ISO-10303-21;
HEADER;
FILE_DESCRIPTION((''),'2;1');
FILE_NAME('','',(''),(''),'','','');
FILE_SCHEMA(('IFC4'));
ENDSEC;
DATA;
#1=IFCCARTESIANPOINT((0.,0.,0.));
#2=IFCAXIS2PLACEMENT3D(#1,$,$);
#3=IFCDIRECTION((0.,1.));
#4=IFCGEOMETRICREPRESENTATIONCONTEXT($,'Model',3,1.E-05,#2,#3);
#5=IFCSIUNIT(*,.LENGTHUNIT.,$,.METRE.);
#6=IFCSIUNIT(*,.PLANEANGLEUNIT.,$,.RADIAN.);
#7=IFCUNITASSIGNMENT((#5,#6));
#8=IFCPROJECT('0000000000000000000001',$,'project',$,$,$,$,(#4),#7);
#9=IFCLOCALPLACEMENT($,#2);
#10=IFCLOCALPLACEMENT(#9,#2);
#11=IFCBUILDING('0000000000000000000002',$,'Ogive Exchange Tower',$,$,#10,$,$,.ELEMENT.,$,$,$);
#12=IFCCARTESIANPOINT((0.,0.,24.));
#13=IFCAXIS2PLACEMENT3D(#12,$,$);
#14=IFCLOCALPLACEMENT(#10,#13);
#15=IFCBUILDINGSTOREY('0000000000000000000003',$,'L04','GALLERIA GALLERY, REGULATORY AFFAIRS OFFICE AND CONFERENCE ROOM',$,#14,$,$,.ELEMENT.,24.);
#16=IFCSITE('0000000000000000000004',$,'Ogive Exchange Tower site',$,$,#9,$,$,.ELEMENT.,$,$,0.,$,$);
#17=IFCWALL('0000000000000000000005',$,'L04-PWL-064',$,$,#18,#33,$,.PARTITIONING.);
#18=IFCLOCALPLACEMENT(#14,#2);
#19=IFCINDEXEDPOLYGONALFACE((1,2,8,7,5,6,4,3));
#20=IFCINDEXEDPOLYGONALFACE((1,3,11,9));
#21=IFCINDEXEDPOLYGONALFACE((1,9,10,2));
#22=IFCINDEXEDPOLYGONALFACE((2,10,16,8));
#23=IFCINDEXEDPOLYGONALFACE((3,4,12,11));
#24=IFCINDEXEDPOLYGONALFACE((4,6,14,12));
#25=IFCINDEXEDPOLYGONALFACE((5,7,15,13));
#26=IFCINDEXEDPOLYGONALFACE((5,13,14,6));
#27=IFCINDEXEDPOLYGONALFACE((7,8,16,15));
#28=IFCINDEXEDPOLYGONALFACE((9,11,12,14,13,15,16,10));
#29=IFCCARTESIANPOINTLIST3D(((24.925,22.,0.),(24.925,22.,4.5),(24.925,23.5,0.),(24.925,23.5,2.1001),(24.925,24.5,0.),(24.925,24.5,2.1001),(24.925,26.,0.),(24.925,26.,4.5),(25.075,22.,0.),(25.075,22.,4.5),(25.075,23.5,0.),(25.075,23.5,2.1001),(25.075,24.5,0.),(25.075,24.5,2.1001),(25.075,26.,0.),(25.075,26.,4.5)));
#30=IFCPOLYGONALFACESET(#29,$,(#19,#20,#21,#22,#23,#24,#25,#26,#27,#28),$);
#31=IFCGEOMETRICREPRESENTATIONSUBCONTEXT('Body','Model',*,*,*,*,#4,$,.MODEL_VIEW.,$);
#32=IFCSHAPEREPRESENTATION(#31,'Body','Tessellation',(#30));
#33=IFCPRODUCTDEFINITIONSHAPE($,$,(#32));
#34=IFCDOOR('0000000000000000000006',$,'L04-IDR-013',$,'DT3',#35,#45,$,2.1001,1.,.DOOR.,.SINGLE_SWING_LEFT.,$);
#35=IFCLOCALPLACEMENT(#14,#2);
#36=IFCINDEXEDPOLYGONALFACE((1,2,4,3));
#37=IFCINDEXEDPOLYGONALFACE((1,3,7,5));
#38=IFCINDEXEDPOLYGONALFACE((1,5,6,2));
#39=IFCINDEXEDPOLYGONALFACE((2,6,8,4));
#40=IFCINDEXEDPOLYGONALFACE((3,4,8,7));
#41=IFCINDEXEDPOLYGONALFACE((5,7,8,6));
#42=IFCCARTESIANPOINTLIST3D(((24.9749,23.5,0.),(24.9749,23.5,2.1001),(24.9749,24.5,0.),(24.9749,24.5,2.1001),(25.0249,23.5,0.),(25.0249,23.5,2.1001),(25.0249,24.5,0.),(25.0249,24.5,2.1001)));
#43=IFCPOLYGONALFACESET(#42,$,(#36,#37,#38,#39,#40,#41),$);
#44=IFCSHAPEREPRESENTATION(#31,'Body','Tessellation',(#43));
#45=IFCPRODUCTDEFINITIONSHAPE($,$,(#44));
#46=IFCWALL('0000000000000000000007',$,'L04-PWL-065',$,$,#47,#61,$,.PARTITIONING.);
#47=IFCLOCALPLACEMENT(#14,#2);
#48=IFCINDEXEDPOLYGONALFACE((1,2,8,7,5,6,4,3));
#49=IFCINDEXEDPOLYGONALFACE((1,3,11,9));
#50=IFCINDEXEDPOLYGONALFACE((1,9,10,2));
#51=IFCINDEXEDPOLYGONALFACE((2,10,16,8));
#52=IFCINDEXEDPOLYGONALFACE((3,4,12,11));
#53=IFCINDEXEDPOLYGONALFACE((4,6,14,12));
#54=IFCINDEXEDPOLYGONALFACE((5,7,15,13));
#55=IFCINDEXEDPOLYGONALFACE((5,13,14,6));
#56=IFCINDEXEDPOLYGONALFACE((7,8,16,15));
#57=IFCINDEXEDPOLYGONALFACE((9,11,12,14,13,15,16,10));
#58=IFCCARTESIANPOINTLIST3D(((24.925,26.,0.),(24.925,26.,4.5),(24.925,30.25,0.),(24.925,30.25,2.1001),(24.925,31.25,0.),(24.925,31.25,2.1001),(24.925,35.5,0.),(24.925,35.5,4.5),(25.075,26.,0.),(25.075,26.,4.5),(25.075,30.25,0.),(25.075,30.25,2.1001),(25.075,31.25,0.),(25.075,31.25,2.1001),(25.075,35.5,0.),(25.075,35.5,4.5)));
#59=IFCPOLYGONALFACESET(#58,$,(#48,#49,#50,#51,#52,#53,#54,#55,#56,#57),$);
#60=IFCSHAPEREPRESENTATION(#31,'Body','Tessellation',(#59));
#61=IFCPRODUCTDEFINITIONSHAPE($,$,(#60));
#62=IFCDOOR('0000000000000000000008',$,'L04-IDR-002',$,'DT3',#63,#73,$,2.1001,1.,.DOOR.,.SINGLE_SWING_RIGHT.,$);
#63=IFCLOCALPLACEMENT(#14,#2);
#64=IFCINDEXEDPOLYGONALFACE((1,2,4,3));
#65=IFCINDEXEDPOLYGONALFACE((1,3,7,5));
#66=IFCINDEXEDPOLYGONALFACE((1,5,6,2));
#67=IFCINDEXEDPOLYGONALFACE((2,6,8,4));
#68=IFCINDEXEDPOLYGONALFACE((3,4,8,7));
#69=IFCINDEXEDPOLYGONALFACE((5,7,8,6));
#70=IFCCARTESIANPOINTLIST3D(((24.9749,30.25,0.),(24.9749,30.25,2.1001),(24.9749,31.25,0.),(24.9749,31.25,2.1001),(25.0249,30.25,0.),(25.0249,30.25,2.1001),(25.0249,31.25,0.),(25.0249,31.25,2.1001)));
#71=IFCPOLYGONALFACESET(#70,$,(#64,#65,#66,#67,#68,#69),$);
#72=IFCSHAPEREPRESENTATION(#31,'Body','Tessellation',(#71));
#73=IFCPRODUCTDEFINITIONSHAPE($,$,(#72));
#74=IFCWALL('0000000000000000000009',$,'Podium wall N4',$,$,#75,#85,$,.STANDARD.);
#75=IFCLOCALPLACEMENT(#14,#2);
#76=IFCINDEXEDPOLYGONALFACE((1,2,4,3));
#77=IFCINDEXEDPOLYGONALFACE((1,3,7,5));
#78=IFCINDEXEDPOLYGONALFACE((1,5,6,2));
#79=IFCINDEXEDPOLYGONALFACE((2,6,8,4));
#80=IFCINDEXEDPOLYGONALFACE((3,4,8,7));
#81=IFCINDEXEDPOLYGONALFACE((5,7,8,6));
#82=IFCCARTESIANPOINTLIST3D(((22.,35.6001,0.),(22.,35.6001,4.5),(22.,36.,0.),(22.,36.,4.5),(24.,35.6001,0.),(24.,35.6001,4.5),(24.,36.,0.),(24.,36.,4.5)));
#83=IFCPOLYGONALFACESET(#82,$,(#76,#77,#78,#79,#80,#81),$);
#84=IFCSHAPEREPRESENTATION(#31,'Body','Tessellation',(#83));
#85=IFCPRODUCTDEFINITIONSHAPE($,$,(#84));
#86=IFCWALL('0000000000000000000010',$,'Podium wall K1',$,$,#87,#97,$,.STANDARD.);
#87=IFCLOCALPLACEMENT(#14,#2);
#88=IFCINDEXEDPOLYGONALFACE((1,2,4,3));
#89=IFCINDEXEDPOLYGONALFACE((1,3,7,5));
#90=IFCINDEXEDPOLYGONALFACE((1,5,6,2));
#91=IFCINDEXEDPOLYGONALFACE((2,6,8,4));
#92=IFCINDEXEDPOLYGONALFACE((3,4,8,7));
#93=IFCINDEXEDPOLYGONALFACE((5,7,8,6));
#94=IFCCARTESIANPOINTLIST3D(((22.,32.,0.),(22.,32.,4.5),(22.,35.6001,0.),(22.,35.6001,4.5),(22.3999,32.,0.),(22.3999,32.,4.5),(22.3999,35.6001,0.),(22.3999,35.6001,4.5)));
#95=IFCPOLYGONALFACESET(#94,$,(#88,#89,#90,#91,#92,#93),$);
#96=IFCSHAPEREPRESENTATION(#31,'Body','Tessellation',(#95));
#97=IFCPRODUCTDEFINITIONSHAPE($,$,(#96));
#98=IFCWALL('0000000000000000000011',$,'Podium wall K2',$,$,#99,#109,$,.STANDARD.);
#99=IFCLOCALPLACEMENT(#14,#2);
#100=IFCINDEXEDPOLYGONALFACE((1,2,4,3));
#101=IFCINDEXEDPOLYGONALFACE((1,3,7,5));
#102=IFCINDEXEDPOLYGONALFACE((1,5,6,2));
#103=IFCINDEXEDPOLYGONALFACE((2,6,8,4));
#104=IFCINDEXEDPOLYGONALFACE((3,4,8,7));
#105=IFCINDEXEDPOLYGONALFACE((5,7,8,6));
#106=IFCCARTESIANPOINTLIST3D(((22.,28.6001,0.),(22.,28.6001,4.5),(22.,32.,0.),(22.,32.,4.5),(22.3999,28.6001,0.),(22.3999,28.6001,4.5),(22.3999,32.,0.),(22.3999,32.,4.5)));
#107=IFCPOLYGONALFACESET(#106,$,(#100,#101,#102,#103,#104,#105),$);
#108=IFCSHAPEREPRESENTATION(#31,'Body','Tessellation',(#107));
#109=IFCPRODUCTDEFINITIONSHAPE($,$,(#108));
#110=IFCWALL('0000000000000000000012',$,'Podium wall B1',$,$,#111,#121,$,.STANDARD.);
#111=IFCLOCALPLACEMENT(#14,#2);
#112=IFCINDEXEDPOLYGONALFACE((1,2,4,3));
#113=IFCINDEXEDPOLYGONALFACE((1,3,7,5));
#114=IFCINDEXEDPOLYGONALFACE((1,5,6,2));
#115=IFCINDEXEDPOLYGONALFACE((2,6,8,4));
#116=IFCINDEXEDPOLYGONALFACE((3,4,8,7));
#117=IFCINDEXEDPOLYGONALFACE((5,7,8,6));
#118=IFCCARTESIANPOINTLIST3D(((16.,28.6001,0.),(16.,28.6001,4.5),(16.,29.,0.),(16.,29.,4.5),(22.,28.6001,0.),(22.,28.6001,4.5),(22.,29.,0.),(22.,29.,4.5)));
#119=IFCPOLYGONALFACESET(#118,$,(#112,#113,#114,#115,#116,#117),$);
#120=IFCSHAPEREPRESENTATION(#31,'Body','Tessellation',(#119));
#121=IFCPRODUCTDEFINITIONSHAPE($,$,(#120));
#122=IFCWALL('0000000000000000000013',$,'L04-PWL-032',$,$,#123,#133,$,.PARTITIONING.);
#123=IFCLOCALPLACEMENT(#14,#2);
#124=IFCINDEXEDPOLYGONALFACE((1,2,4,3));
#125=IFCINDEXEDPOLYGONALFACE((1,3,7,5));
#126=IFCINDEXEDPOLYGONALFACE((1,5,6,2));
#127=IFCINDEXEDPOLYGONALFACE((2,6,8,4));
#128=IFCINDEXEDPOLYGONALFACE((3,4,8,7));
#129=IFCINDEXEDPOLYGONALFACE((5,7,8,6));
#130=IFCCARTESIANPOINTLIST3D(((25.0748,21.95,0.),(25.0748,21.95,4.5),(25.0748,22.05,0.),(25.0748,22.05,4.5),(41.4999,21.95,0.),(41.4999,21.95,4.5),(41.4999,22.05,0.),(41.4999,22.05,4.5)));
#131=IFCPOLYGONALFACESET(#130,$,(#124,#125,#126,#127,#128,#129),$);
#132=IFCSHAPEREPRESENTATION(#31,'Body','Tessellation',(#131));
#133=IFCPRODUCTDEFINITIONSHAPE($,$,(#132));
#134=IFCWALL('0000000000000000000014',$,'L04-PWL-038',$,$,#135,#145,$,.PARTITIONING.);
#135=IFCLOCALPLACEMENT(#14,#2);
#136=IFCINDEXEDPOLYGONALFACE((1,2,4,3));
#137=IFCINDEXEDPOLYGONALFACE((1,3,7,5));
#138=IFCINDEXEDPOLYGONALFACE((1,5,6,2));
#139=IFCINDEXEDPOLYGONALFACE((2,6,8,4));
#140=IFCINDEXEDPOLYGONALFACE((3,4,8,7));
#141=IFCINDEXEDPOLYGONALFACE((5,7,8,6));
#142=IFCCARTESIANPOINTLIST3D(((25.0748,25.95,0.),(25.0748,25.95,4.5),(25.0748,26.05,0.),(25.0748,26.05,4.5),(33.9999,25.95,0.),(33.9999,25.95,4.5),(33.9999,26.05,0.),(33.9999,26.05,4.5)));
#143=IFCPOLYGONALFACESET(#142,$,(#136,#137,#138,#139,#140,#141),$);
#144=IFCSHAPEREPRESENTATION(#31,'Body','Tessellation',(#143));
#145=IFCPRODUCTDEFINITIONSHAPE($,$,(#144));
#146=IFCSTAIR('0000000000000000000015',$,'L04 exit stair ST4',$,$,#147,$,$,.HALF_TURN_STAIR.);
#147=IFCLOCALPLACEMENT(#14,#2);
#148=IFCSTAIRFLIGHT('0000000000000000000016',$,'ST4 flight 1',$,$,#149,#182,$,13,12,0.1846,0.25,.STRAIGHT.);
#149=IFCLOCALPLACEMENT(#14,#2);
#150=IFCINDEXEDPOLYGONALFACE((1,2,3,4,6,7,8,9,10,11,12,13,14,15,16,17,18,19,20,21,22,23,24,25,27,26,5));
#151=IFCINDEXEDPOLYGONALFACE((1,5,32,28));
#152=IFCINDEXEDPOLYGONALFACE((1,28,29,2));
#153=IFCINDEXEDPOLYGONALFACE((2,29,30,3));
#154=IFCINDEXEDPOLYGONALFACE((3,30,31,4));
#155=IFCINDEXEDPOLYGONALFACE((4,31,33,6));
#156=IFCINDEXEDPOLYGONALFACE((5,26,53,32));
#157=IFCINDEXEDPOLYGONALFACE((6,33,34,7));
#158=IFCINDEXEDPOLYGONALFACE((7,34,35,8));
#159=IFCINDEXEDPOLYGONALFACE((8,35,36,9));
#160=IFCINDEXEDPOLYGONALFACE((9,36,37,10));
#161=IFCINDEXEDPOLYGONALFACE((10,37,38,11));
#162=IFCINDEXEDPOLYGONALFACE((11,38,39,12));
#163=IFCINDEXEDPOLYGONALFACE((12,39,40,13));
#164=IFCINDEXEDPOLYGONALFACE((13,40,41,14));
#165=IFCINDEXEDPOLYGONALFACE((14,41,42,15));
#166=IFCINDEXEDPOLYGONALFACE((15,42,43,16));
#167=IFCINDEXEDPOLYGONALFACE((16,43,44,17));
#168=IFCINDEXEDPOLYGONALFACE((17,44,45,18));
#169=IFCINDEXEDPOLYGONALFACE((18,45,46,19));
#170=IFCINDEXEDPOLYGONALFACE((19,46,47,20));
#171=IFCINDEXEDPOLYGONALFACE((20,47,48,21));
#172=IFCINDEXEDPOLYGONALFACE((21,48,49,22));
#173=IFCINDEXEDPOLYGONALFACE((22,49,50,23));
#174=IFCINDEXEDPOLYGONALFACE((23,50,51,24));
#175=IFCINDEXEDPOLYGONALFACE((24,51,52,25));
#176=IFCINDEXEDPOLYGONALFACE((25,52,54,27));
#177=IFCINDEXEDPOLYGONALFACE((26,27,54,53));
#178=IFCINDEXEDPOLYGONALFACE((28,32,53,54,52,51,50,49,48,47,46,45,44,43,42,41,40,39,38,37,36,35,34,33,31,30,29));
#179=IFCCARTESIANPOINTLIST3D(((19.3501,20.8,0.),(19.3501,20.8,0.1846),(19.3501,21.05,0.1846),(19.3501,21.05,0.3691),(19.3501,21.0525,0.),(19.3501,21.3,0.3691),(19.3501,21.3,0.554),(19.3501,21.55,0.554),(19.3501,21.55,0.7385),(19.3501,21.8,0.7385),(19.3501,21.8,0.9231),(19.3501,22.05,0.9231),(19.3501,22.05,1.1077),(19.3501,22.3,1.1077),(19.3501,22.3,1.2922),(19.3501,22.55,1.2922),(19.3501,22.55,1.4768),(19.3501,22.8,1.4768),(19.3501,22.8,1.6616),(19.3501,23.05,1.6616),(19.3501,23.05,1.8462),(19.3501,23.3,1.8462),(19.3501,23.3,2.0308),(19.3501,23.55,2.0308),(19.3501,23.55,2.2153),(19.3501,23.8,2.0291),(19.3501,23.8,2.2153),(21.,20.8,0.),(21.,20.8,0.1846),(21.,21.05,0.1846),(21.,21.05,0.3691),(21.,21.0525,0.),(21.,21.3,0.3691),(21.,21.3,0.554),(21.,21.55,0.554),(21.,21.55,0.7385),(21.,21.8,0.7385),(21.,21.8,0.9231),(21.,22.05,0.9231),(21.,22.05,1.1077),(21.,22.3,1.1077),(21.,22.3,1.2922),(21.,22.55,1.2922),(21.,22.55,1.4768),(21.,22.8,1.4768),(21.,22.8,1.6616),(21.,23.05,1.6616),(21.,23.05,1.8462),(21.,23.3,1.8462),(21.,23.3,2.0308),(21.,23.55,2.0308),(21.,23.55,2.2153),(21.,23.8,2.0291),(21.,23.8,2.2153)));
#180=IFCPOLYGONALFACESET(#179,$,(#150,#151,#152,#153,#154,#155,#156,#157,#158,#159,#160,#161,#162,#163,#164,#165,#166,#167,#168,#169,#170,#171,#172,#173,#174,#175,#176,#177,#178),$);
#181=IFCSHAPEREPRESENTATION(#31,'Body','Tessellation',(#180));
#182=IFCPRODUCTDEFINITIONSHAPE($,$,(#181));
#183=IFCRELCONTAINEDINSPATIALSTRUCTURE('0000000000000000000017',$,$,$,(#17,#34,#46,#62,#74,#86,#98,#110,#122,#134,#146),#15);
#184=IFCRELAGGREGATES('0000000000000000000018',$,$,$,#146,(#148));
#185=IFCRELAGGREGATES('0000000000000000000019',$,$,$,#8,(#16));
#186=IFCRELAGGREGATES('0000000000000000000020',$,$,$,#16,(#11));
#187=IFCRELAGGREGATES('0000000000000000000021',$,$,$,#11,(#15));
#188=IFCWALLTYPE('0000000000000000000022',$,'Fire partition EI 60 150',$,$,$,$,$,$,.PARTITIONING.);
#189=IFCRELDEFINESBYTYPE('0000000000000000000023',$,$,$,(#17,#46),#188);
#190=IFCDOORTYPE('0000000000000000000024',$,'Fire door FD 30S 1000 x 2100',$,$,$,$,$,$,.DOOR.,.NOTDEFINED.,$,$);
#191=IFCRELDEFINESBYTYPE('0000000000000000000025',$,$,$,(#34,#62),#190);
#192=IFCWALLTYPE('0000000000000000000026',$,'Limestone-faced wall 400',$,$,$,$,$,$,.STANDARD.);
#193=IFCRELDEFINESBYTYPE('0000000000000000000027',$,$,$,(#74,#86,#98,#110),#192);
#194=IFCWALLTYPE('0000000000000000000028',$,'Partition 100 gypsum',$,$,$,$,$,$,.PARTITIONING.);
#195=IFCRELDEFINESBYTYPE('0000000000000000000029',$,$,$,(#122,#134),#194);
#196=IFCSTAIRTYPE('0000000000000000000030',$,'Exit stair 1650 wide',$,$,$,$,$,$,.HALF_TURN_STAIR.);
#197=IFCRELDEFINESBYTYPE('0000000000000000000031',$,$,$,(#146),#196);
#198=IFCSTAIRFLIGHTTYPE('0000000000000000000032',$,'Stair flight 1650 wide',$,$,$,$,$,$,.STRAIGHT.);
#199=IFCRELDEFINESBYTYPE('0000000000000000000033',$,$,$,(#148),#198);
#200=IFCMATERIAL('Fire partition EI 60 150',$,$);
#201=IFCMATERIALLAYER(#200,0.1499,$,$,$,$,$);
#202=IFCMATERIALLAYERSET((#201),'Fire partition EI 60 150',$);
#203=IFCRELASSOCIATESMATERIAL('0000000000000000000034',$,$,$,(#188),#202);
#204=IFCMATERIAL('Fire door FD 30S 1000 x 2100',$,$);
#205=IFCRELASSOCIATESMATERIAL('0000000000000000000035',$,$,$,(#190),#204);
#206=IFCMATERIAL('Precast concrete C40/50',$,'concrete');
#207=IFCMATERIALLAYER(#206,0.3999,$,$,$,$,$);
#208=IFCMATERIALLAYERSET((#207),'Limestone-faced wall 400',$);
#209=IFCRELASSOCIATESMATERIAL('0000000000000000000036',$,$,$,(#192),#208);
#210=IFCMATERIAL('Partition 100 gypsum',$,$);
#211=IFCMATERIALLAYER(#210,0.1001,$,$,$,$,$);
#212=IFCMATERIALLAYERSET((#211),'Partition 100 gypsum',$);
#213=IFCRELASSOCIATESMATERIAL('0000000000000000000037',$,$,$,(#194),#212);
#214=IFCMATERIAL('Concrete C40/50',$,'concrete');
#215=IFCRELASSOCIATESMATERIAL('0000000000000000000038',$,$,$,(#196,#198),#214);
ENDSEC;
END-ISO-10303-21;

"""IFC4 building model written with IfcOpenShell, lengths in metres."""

from ifc_helpers import new_model, si_unit, direction, frame, frame_2d, origin, place, context, subcontext, project, spatial, polyline, rectangle, outline, extrude, material, layer, layer_set, type_object, element, fill, aggregate, save


model = new_model("IFC4")

# Units and contexts
model_context = context("Model", 3, precision=1e-05, world=origin(), true_north=direction((0.0, 1.0)))
body_context = subcontext(model_context, "Body", "Model", "MODEL_VIEW")
ifc_project = project(units=[si_unit("LENGTHUNIT", "METRE"), si_unit("PLANEANGLEUNIT", "RADIAN")], contexts=[model_context])

# Site, building, storey
site_placement = place(None, origin())
site = spatial("IfcSite", under=ifc_project, at=site_placement, Name="Ogive Exchange Tower site", CompositionType="ELEMENT", RefElevation=0.0)
building_placement = place(site_placement, origin())
building = spatial("IfcBuilding", under=site, at=building_placement, Name="Ogive Exchange Tower", CompositionType="ELEMENT")
storey_placement = place(building_placement, frame((0.0, 0.0, 24.0)))
storey = spatial("IfcBuildingStorey", under=building, at=storey_placement, Name="L04", Description="GALLERIA GALLERY, REGULATORY AFFAIRS OFFICE AND CONFERENCE ROOM", CompositionType="ELEMENT", Elevation=24.0)

# Walls, openings, doors
ifc_material_1 = material(Name="Fire partition EI 60 150")
ifc_layer_1 = layer(ifc_material_1, 0.1499)
ifc_layer_set_1 = layer_set([ifc_layer_1], Name="Fire partition EI 60 150")
wall_type_1 = type_object("IfcWallType", Name="Fire partition EI 60 150", PredefinedType="PARTITIONING", material=ifc_layer_set_1)
wall_1_placement = place(storey_placement, frame((25.0, 22.0, 0.0), z_axis=(0.0, 0.0, 1.0), x_axis=(0.0, 1.0, 0.0)))
wall_1 = element("IfcWall", 1, at=wall_1_placement, inside=storey, type_object=wall_type_1, Name="L04-PWL-064", PredefinedType="PARTITIONING", context=body_context, shape_type="SweptSolid", body=[
    extrude(rectangle(XDim=4.0, YDim=0.1499, at=frame_2d((2.0, 0.0))), origin(), (0.0, 0.0, 1.0), 4.5),
])
opening_1_placement = place(wall_1_placement, frame((1.5, 0.0, 0.0)))
opening_1 = element("IfcOpeningElement", 2, at=opening_1_placement, cuts=wall_1, PredefinedType="OPENING", context=body_context, shape_type="SweptSolid", body=[
    extrude(rectangle(XDim=1.0, YDim=2.1001, at=frame_2d((0.5, 1.05))), frame((0.0, 0.085, 0.0), z_axis=(0.0, -1.0, 0.0), x_axis=(1.0, 0.0, 0.0)), (0.0, 0.0, 1.0), 0.1699),
])
ifc_material_2 = material(Name="Fire door FD 30S 1000 x 2100")
door_type = type_object("IfcDoorType", Name="Fire door FD 30S 1000 x 2100", OperationType="NOTDEFINED", PredefinedType="DOOR", material=ifc_material_2)
door_1_placement = place(opening_1_placement, frame((1.0, 0.0, 0.0), z_axis=(0.0, 0.0, 1.0), x_axis=(-1.0, 0.0, 0.0)))
door_1 = element("IfcDoor", 3, at=door_1_placement, inside=storey, type_object=door_type, Name="L04-IDR-013", ObjectType="DT3", OperationType="SINGLE_SWING_LEFT", OverallHeight=2.1001, OverallWidth=1.0, PredefinedType="DOOR", context=body_context, shape_type="SweptSolid", body=[
    extrude(rectangle(XDim=1.0, YDim=2.1001, at=frame_2d((0.5, 1.05))), frame((0.0, 0.0249, 0.0), z_axis=(0.0, -1.0, 0.0), x_axis=(1.0, 0.0, 0.0)), (0.0, 0.0, 1.0), 0.05),
])
fill(opening_1, door_1)
wall_2_placement = place(storey_placement, frame((25.0, 26.0, 0.0), z_axis=(0.0, 0.0, 1.0), x_axis=(0.0, 1.0, 0.0)))
wall_2 = element("IfcWall", 4, at=wall_2_placement, inside=storey, type_object=wall_type_1, Name="L04-PWL-065", PredefinedType="PARTITIONING", context=body_context, shape_type="SweptSolid", body=[
    extrude(rectangle(XDim=9.5, YDim=0.1499, at=frame_2d((4.75, 0.0))), origin(), (0.0, 0.0, 1.0), 4.5),
])
opening_2_placement = place(wall_2_placement, frame((4.25, 0.0, 0.0)))
opening_2 = element("IfcOpeningElement", 5, at=opening_2_placement, cuts=wall_2, PredefinedType="OPENING", context=body_context, shape_type="SweptSolid", body=[
    extrude(rectangle(XDim=1.0, YDim=2.1001, at=frame_2d((0.5, 1.05))), frame((0.0, 0.085, 0.0), z_axis=(0.0, -1.0, 0.0), x_axis=(1.0, 0.0, 0.0)), (0.0, 0.0, 1.0), 0.1699),
])
door_2_placement = place(opening_2_placement, frame((1.0, 0.0, 0.0), z_axis=(0.0, 0.0, 1.0), x_axis=(-1.0, 0.0, 0.0)))
door_2 = element("IfcDoor", 6, at=door_2_placement, inside=storey, type_object=door_type, Name="L04-IDR-002", ObjectType="DT3", OperationType="SINGLE_SWING_RIGHT", OverallHeight=2.1001, OverallWidth=1.0, PredefinedType="DOOR", context=body_context, shape_type="SweptSolid", body=[
    extrude(rectangle(XDim=1.0, YDim=2.1001, at=frame_2d((0.5, 1.05))), frame((0.0, 0.0249, 0.0), z_axis=(0.0, -1.0, 0.0), x_axis=(1.0, 0.0, 0.0)), (0.0, 0.0, 1.0), 0.05),
])
fill(opening_2, door_2)

# Walls
ifc_material_3 = material(Name="Precast concrete C40/50", Category="concrete")
ifc_layer_2 = layer(ifc_material_3, 0.3999)
ifc_layer_set_2 = layer_set([ifc_layer_2], Name="Limestone-faced wall 400")
wall_type_2 = type_object("IfcWallType", Name="Limestone-faced wall 400", PredefinedType="STANDARD", material=ifc_layer_set_2)
wall_3_placement = place(storey_placement, frame((24.0, 35.8, 0.0), z_axis=(0.0, 0.0, 1.0), x_axis=(-1.0, 0.0, 0.0)))
element("IfcWall", 7, at=wall_3_placement, inside=storey, type_object=wall_type_2, Name="Podium wall N4", PredefinedType="STANDARD", context=body_context, shape_type="SweptSolid", body=[
    extrude(rectangle(XDim=2.0, YDim=0.3999, at=frame_2d((1.0, 0.0))), origin(), (0.0, 0.0, 1.0), 4.5),
])
wall_4_placement = place(storey_placement, frame((22.2, 35.6001, 0.0), z_axis=(0.0, 0.0, 1.0), x_axis=(0.0, -1.0, 0.0)))
element("IfcWall", 8, at=wall_4_placement, inside=storey, type_object=wall_type_2, Name="Podium wall K1", PredefinedType="STANDARD", context=body_context, shape_type="SweptSolid", body=[
    extrude(rectangle(XDim=3.6001, YDim=0.3999, at=frame_2d((1.8, 0.0))), origin(), (0.0, 0.0, 1.0), 4.5),
])
wall_5_placement = place(storey_placement, frame((22.2, 32.0, 0.0), z_axis=(0.0, 0.0, 1.0), x_axis=(0.0, -1.0, 0.0)))
element("IfcWall", 9, at=wall_5_placement, inside=storey, type_object=wall_type_2, Name="Podium wall K2", PredefinedType="STANDARD", context=body_context, shape_type="SweptSolid", body=[
    extrude(rectangle(XDim=3.3999, YDim=0.3999, at=frame_2d((1.7, 0.0))), origin(), (0.0, 0.0, 1.0), 4.5),
])
wall_6_placement = place(storey_placement, frame((22.0, 28.8, 0.0), z_axis=(0.0, 0.0, 1.0), x_axis=(-1.0, 0.0, 0.0)))
element("IfcWall", 10, at=wall_6_placement, inside=storey, type_object=wall_type_2, Name="Podium wall B1", PredefinedType="STANDARD", context=body_context, shape_type="SweptSolid", body=[
    extrude(rectangle(XDim=6.0, YDim=0.3999, at=frame_2d((3.0, 0.0))), origin(), (0.0, 0.0, 1.0), 4.5),
])
ifc_material_4 = material(Name="Partition 100 gypsum")
ifc_layer_3 = layer(ifc_material_4, 0.1001)
ifc_layer_set_3 = layer_set([ifc_layer_3], Name="Partition 100 gypsum")
wall_type_3 = type_object("IfcWallType", Name="Partition 100 gypsum", PredefinedType="PARTITIONING", material=ifc_layer_set_3)
wall_7_placement = place(storey_placement, frame((25.075, 22.0, 0.0), z_axis=(0.0, 0.0, 1.0), x_axis=(1.0, 0.0, 0.0)))
element("IfcWall", 11, at=wall_7_placement, inside=storey, type_object=wall_type_3, Name="L04-PWL-032", PredefinedType="PARTITIONING", context=body_context, shape_type="SweptSolid", body=[
    extrude(rectangle(XDim=16.425, YDim=0.1001, at=frame_2d((8.2124, 0.0))), origin(), (0.0, 0.0, 1.0), 4.5),
])
wall_8_placement = place(storey_placement, frame((25.075, 26.0, 0.0), z_axis=(0.0, 0.0, 1.0), x_axis=(1.0, 0.0, 0.0)))
element("IfcWall", 12, at=wall_8_placement, inside=storey, type_object=wall_type_3, Name="L04-PWL-038", PredefinedType="PARTITIONING", context=body_context, shape_type="SweptSolid", body=[
    extrude(rectangle(XDim=8.925, YDim=0.1001, at=frame_2d((4.4624, 0.0))), origin(), (0.0, 0.0, 1.0), 4.5),
])

# Stair, stair flight
ifc_material_5 = material(Name="Concrete C40/50", Category="concrete")
stair_type = type_object("IfcStairType", Name="Exit stair 1650 wide", PredefinedType="HALF_TURN_STAIR", material=ifc_material_5)
stair_placement = place(storey_placement, origin())
stair = element("IfcStair", 13, at=stair_placement, inside=storey, type_object=stair_type, Name="L04 exit stair ST4", PredefinedType="HALF_TURN_STAIR")
stair_flight_type = type_object("IfcStairFlightType", Name="Stair flight 1650 wide", PredefinedType="STRAIGHT", material=ifc_material_5)
stair_flight_1_placement = place(storey_placement, frame((20.175, 20.8, 0.0), z_axis=(0.0, 0.0, 1.0), x_axis=(0.0, 1.0, 0.0)))
stair_flight_1 = element("IfcStairFlight", 14, at=stair_flight_1_placement, type_object=stair_flight_type, Name="ST4 flight 1", NumberOfRisers=13, NumberOfTreads=12, PredefinedType="STRAIGHT", RiserHeight=0.1846, TreadLength=0.25, context=body_context, shape_type="SweptSolid", body=[
    extrude(outline(polyline([(0.0, 0.0), (0.0, 0.1846), (0.25, 0.1846), (0.25, 0.3691), (0.5, 0.3691), (0.5, 0.554), (0.75, 0.554), (0.75, 0.7385), (1.0, 0.7385), (1.0, 0.9231), (1.25, 0.9231), (1.25, 1.1077), (1.5, 1.1077), (1.5, 1.2922), (1.75, 1.2922), (1.75, 1.4768), (2.0, 1.4768), (2.0, 1.6616), (2.25, 1.6616), (2.25, 1.8462), (2.5, 1.8462), (2.5, 2.0308), (2.75, 2.0308), (2.75, 2.2153), (3.0, 2.2153), (3.0, 2.3999), (3.0, 2.0291), (0.2524, 0.0), (0.0, 0.0)])), frame((0.0, 0.825, 0.0), z_axis=(0.0, -1.0, 0.0), x_axis=(1.0, 0.0, 0.0)), (0.0, 0.0, 1.0), 1.6499),
])
aggregate(stair, [stair_flight_1])

save(model, "model.ifc")
